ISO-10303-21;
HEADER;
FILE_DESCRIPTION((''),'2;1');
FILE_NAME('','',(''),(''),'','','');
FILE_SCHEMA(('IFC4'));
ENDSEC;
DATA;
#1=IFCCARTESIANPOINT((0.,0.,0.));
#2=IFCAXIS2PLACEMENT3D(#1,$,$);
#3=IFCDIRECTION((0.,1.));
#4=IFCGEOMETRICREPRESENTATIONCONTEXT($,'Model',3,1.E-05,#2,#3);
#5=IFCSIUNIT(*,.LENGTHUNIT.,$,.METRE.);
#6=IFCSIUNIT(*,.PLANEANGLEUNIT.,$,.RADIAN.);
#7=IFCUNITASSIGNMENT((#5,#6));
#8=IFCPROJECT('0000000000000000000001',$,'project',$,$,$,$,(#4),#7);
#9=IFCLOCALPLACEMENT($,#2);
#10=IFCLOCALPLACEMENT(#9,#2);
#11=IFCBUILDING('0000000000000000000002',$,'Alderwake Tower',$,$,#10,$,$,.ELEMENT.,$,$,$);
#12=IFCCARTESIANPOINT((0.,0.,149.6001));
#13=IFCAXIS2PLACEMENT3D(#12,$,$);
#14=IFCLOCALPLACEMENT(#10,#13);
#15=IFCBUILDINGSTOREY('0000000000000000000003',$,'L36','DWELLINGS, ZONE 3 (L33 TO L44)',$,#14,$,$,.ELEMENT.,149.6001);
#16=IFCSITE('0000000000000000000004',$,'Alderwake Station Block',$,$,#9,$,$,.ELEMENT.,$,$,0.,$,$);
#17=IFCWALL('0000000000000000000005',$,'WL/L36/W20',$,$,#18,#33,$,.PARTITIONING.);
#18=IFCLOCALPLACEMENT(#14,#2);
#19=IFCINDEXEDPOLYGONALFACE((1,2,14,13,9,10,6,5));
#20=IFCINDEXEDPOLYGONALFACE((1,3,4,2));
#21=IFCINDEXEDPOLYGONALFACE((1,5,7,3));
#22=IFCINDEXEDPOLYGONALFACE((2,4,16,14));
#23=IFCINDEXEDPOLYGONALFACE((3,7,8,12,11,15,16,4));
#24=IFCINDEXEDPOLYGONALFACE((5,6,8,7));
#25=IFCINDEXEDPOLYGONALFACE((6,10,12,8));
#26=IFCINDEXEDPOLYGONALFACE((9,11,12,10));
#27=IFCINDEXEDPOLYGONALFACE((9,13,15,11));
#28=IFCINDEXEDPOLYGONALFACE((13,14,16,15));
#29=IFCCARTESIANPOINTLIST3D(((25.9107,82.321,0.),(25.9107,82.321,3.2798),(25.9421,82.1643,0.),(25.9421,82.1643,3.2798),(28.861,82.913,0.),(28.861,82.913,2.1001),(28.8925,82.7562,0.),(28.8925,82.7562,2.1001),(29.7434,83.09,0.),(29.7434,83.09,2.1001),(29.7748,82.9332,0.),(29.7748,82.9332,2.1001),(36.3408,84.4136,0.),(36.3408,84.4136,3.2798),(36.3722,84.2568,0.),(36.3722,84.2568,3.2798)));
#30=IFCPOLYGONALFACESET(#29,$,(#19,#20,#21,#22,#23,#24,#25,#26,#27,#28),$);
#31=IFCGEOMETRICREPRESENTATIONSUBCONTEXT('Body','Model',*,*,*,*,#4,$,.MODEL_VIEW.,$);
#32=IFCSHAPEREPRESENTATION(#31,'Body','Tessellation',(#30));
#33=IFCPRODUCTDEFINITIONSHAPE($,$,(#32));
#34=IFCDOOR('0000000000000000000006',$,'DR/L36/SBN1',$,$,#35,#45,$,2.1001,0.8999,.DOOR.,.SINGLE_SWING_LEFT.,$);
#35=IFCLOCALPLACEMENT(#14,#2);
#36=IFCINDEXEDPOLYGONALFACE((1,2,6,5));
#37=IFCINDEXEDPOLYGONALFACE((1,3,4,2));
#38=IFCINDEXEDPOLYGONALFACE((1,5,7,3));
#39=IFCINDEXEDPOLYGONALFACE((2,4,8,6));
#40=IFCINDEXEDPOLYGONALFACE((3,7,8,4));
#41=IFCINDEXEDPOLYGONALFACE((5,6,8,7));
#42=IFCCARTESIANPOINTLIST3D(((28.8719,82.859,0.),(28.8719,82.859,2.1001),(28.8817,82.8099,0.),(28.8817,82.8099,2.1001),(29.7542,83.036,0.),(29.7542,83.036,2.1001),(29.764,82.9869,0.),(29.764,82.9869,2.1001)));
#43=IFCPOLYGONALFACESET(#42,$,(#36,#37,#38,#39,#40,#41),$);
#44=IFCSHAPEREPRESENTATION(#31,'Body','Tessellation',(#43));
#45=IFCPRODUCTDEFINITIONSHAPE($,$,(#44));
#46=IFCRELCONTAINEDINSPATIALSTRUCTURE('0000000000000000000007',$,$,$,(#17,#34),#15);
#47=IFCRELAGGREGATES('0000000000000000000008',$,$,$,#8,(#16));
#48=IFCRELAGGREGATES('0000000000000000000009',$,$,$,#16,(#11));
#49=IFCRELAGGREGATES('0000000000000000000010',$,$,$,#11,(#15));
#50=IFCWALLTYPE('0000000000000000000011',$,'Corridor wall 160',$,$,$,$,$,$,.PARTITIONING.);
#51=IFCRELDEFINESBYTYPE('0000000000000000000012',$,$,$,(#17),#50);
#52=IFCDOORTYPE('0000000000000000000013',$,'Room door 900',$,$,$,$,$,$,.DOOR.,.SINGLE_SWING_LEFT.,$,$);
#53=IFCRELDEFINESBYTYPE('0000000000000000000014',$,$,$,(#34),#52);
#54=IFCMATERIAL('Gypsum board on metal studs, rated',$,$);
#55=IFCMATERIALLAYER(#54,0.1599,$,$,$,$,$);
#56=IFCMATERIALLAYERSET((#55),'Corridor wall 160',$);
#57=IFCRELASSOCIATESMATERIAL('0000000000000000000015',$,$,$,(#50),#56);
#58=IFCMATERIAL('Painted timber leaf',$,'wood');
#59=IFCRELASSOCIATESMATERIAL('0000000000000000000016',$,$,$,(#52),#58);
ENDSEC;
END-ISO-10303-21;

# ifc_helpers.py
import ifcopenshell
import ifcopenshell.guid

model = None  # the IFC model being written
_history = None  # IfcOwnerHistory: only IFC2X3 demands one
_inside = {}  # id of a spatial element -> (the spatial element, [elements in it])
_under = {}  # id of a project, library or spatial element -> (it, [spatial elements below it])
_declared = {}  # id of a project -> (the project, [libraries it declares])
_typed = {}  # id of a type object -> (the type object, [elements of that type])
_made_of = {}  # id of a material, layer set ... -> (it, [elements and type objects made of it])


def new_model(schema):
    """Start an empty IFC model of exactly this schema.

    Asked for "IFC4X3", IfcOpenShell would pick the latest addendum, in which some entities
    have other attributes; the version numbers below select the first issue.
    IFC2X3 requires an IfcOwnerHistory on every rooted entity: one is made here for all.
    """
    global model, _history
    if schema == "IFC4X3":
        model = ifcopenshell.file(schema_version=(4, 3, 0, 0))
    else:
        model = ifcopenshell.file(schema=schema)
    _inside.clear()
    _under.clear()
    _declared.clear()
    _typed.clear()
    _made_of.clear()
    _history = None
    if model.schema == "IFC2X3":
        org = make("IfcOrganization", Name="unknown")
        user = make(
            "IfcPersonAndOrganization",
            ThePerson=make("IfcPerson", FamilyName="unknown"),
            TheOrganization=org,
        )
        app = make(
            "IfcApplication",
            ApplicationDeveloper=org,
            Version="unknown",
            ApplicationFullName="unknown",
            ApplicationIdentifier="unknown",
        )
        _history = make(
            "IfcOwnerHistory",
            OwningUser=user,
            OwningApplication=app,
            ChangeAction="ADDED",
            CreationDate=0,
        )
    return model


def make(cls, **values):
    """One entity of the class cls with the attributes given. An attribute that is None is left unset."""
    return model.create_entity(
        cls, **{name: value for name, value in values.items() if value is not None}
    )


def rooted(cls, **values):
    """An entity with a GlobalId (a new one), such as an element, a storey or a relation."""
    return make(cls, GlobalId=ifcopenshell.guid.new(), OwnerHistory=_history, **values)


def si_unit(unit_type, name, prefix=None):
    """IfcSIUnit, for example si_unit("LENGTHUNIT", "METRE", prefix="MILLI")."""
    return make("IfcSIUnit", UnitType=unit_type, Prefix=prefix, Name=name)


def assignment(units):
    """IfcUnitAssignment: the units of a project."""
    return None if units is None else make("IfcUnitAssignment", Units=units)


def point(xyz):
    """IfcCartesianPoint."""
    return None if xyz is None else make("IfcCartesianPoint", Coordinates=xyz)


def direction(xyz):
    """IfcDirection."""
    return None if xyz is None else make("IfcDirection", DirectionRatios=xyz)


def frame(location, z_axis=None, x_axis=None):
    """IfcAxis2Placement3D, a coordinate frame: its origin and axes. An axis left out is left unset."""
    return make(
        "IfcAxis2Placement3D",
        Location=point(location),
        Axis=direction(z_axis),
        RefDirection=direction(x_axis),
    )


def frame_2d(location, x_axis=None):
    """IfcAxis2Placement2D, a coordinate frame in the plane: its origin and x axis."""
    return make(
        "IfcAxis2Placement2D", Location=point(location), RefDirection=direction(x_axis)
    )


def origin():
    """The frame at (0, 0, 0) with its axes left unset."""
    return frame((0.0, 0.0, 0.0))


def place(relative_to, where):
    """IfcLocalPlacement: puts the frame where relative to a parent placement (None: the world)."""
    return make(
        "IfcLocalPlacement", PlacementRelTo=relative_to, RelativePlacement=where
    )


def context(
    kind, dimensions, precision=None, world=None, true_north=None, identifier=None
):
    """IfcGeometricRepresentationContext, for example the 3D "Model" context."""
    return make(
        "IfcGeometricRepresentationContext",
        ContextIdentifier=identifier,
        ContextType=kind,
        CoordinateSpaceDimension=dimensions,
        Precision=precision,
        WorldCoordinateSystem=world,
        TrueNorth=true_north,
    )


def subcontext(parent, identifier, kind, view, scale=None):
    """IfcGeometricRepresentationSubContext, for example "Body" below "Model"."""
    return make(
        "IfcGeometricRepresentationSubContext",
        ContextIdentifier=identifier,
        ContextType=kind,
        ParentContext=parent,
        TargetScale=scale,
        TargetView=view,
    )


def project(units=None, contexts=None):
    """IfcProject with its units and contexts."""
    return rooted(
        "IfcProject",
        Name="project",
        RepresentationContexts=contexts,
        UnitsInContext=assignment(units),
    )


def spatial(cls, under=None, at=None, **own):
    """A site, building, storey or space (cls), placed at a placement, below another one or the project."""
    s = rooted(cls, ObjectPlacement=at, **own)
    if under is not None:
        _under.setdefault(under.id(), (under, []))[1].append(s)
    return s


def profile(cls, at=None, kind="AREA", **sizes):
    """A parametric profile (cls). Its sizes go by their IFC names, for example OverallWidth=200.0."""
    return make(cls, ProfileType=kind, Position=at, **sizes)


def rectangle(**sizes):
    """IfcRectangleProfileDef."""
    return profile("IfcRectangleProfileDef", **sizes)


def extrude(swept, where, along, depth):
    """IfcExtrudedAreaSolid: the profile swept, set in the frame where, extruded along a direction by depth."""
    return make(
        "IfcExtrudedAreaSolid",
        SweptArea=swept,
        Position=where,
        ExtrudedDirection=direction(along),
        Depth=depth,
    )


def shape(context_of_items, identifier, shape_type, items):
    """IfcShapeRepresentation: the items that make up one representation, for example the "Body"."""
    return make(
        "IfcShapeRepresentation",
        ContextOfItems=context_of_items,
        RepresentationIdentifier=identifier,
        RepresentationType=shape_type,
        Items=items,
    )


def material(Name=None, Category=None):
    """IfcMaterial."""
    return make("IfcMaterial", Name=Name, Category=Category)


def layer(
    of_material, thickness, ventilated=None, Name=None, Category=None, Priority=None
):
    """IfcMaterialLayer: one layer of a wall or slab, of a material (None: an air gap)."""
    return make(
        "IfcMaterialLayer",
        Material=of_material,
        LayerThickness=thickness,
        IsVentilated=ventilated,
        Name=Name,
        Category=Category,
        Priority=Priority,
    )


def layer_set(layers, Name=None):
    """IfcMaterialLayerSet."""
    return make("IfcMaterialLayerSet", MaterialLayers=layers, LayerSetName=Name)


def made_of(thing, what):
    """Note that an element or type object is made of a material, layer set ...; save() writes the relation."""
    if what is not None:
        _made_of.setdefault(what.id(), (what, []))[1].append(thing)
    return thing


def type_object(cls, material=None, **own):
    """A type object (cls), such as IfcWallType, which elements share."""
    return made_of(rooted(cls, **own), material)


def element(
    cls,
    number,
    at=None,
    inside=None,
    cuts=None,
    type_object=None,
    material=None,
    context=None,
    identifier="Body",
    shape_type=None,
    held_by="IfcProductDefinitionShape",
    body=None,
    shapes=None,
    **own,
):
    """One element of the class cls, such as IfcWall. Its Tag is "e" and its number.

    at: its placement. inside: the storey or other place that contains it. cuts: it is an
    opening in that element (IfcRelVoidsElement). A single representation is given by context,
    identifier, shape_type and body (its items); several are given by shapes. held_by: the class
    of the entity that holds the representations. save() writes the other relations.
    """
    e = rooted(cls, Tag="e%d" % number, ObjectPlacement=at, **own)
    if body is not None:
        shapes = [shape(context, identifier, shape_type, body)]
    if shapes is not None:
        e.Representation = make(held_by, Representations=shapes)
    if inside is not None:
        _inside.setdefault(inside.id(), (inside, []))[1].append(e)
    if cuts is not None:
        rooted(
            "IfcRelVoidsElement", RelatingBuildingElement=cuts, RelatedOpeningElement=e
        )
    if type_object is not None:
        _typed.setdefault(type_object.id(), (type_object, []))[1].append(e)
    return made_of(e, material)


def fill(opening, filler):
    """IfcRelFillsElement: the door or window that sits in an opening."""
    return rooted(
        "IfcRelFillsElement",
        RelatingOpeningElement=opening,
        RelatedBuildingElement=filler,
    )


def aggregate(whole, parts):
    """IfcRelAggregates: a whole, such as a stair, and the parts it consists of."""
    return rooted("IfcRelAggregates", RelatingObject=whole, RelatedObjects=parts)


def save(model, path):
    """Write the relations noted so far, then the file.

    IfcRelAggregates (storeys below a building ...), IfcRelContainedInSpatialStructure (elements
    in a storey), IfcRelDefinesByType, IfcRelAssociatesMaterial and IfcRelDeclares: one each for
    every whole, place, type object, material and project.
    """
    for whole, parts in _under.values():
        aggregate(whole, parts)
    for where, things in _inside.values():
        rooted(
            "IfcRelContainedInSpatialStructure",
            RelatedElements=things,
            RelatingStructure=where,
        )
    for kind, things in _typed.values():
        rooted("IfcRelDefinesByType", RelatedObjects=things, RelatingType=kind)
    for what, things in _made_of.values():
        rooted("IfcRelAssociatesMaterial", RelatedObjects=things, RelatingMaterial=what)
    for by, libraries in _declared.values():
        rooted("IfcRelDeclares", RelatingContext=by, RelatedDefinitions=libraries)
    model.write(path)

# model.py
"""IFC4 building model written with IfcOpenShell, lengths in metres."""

from ifc_helpers import new_model, si_unit, direction, frame, frame_2d, origin, place, context, subcontext, project, spatial, rectangle, extrude, material, layer, layer_set, type_object, element, fill, save


model = new_model("IFC4")

# Units and contexts
model_context = context("Model", 3, precision=1e-05, world=origin(), true_north=direction((0.0, 1.0)))
body_context = subcontext(model_context, "Body", "Model", "MODEL_VIEW")
ifc_project = project(units=[si_unit("LENGTHUNIT", "METRE"), si_unit("PLANEANGLEUNIT", "RADIAN")], contexts=[model_context])

# Site, building, storey
site_placement = place(None, origin())
site = spatial("IfcSite", under=ifc_project, at=site_placement, Name="Alderwake Station Block", CompositionType="ELEMENT", RefElevation=0.0)
building_placement = place(site_placement, origin())
building = spatial("IfcBuilding", under=site, at=building_placement, Name="Alderwake Tower", CompositionType="ELEMENT")
storey_placement = place(building_placement, frame((0.0, 0.0, 149.6001)))
storey = spatial("IfcBuildingStorey", under=building, at=storey_placement, Name="L36", Description="DWELLINGS, ZONE 3 (L33 TO L44)", CompositionType="ELEMENT", Elevation=149.6001)

# Wall, opening, door
ifc_material_1 = material(Name="Gypsum board on metal studs, rated")
ifc_layer_1 = layer(ifc_material_1, 0.1599)
ifc_layer_set_1 = layer_set([ifc_layer_1], Name="Corridor wall 160")
wall_type_1 = type_object("IfcWallType", Name="Corridor wall 160", PredefinedType="PARTITIONING", material=ifc_layer_set_1)
wall_1_placement = place(storey_placement, frame((25.9265, 82.2427, 0.0), z_axis=(0.0, 0.0, 1.0), x_axis=(0.980463, 0.196703, 0.0)))
wall_1 = element("IfcWall", 1, at=wall_1_placement, inside=storey, type_object=wall_type_1, Name="WL/L36/W20", PredefinedType="PARTITIONING", context=body_context, shape_type="SweptSolid", body=[
    extrude(rectangle(XDim=10.6379, YDim=0.1599, at=frame_2d((5.3188, 0.0))), origin(), (0.0, 0.0, 1.0), 3.2798),
])
opening_1_placement = place(wall_1_placement, frame((3.009, 0.0, 0.0)))
opening_1 = element("IfcOpeningElement", 2, at=opening_1_placement, cuts=wall_1, PredefinedType="OPENING", context=body_context, shape_type="SweptSolid", body=[
    extrude(rectangle(XDim=0.8999, YDim=2.1001, at=frame_2d((0.45, 1.05))), frame((0.0, 0.0898, 0.0), z_axis=(0.0, -1.0, 0.0), x_axis=(1.0, 0.0, 0.0)), (0.0, 0.0, 1.0), 0.1799),
])
ifc_material_2 = material(Name="Painted timber leaf", Category="wood")
door_type_1 = type_object("IfcDoorType", Name="Room door 900", OperationType="SINGLE_SWING_LEFT", PredefinedType="DOOR", material=ifc_material_2)
door_1_placement = place(opening_1_placement, origin())
door_1 = element("IfcDoor", 3, at=door_1_placement, inside=storey, type_object=door_type_1, Name="DR/L36/SBN1", OperationType="SINGLE_SWING_LEFT", OverallHeight=2.1001, OverallWidth=0.8999, PredefinedType="DOOR", context=body_context, shape_type="SweptSolid", body=[
    extrude(rectangle(XDim=0.8999, YDim=2.1001, at=frame_2d((0.45, 1.05))), frame((0.0, 0.0249, 0.0), z_axis=(0.0, -1.0, 0.0), x_axis=(1.0, 0.0, 0.0)), (0.0, 0.0, 1.0), 0.05),
])
fill(opening_1, door_1)

save(model, "model.ifc")
